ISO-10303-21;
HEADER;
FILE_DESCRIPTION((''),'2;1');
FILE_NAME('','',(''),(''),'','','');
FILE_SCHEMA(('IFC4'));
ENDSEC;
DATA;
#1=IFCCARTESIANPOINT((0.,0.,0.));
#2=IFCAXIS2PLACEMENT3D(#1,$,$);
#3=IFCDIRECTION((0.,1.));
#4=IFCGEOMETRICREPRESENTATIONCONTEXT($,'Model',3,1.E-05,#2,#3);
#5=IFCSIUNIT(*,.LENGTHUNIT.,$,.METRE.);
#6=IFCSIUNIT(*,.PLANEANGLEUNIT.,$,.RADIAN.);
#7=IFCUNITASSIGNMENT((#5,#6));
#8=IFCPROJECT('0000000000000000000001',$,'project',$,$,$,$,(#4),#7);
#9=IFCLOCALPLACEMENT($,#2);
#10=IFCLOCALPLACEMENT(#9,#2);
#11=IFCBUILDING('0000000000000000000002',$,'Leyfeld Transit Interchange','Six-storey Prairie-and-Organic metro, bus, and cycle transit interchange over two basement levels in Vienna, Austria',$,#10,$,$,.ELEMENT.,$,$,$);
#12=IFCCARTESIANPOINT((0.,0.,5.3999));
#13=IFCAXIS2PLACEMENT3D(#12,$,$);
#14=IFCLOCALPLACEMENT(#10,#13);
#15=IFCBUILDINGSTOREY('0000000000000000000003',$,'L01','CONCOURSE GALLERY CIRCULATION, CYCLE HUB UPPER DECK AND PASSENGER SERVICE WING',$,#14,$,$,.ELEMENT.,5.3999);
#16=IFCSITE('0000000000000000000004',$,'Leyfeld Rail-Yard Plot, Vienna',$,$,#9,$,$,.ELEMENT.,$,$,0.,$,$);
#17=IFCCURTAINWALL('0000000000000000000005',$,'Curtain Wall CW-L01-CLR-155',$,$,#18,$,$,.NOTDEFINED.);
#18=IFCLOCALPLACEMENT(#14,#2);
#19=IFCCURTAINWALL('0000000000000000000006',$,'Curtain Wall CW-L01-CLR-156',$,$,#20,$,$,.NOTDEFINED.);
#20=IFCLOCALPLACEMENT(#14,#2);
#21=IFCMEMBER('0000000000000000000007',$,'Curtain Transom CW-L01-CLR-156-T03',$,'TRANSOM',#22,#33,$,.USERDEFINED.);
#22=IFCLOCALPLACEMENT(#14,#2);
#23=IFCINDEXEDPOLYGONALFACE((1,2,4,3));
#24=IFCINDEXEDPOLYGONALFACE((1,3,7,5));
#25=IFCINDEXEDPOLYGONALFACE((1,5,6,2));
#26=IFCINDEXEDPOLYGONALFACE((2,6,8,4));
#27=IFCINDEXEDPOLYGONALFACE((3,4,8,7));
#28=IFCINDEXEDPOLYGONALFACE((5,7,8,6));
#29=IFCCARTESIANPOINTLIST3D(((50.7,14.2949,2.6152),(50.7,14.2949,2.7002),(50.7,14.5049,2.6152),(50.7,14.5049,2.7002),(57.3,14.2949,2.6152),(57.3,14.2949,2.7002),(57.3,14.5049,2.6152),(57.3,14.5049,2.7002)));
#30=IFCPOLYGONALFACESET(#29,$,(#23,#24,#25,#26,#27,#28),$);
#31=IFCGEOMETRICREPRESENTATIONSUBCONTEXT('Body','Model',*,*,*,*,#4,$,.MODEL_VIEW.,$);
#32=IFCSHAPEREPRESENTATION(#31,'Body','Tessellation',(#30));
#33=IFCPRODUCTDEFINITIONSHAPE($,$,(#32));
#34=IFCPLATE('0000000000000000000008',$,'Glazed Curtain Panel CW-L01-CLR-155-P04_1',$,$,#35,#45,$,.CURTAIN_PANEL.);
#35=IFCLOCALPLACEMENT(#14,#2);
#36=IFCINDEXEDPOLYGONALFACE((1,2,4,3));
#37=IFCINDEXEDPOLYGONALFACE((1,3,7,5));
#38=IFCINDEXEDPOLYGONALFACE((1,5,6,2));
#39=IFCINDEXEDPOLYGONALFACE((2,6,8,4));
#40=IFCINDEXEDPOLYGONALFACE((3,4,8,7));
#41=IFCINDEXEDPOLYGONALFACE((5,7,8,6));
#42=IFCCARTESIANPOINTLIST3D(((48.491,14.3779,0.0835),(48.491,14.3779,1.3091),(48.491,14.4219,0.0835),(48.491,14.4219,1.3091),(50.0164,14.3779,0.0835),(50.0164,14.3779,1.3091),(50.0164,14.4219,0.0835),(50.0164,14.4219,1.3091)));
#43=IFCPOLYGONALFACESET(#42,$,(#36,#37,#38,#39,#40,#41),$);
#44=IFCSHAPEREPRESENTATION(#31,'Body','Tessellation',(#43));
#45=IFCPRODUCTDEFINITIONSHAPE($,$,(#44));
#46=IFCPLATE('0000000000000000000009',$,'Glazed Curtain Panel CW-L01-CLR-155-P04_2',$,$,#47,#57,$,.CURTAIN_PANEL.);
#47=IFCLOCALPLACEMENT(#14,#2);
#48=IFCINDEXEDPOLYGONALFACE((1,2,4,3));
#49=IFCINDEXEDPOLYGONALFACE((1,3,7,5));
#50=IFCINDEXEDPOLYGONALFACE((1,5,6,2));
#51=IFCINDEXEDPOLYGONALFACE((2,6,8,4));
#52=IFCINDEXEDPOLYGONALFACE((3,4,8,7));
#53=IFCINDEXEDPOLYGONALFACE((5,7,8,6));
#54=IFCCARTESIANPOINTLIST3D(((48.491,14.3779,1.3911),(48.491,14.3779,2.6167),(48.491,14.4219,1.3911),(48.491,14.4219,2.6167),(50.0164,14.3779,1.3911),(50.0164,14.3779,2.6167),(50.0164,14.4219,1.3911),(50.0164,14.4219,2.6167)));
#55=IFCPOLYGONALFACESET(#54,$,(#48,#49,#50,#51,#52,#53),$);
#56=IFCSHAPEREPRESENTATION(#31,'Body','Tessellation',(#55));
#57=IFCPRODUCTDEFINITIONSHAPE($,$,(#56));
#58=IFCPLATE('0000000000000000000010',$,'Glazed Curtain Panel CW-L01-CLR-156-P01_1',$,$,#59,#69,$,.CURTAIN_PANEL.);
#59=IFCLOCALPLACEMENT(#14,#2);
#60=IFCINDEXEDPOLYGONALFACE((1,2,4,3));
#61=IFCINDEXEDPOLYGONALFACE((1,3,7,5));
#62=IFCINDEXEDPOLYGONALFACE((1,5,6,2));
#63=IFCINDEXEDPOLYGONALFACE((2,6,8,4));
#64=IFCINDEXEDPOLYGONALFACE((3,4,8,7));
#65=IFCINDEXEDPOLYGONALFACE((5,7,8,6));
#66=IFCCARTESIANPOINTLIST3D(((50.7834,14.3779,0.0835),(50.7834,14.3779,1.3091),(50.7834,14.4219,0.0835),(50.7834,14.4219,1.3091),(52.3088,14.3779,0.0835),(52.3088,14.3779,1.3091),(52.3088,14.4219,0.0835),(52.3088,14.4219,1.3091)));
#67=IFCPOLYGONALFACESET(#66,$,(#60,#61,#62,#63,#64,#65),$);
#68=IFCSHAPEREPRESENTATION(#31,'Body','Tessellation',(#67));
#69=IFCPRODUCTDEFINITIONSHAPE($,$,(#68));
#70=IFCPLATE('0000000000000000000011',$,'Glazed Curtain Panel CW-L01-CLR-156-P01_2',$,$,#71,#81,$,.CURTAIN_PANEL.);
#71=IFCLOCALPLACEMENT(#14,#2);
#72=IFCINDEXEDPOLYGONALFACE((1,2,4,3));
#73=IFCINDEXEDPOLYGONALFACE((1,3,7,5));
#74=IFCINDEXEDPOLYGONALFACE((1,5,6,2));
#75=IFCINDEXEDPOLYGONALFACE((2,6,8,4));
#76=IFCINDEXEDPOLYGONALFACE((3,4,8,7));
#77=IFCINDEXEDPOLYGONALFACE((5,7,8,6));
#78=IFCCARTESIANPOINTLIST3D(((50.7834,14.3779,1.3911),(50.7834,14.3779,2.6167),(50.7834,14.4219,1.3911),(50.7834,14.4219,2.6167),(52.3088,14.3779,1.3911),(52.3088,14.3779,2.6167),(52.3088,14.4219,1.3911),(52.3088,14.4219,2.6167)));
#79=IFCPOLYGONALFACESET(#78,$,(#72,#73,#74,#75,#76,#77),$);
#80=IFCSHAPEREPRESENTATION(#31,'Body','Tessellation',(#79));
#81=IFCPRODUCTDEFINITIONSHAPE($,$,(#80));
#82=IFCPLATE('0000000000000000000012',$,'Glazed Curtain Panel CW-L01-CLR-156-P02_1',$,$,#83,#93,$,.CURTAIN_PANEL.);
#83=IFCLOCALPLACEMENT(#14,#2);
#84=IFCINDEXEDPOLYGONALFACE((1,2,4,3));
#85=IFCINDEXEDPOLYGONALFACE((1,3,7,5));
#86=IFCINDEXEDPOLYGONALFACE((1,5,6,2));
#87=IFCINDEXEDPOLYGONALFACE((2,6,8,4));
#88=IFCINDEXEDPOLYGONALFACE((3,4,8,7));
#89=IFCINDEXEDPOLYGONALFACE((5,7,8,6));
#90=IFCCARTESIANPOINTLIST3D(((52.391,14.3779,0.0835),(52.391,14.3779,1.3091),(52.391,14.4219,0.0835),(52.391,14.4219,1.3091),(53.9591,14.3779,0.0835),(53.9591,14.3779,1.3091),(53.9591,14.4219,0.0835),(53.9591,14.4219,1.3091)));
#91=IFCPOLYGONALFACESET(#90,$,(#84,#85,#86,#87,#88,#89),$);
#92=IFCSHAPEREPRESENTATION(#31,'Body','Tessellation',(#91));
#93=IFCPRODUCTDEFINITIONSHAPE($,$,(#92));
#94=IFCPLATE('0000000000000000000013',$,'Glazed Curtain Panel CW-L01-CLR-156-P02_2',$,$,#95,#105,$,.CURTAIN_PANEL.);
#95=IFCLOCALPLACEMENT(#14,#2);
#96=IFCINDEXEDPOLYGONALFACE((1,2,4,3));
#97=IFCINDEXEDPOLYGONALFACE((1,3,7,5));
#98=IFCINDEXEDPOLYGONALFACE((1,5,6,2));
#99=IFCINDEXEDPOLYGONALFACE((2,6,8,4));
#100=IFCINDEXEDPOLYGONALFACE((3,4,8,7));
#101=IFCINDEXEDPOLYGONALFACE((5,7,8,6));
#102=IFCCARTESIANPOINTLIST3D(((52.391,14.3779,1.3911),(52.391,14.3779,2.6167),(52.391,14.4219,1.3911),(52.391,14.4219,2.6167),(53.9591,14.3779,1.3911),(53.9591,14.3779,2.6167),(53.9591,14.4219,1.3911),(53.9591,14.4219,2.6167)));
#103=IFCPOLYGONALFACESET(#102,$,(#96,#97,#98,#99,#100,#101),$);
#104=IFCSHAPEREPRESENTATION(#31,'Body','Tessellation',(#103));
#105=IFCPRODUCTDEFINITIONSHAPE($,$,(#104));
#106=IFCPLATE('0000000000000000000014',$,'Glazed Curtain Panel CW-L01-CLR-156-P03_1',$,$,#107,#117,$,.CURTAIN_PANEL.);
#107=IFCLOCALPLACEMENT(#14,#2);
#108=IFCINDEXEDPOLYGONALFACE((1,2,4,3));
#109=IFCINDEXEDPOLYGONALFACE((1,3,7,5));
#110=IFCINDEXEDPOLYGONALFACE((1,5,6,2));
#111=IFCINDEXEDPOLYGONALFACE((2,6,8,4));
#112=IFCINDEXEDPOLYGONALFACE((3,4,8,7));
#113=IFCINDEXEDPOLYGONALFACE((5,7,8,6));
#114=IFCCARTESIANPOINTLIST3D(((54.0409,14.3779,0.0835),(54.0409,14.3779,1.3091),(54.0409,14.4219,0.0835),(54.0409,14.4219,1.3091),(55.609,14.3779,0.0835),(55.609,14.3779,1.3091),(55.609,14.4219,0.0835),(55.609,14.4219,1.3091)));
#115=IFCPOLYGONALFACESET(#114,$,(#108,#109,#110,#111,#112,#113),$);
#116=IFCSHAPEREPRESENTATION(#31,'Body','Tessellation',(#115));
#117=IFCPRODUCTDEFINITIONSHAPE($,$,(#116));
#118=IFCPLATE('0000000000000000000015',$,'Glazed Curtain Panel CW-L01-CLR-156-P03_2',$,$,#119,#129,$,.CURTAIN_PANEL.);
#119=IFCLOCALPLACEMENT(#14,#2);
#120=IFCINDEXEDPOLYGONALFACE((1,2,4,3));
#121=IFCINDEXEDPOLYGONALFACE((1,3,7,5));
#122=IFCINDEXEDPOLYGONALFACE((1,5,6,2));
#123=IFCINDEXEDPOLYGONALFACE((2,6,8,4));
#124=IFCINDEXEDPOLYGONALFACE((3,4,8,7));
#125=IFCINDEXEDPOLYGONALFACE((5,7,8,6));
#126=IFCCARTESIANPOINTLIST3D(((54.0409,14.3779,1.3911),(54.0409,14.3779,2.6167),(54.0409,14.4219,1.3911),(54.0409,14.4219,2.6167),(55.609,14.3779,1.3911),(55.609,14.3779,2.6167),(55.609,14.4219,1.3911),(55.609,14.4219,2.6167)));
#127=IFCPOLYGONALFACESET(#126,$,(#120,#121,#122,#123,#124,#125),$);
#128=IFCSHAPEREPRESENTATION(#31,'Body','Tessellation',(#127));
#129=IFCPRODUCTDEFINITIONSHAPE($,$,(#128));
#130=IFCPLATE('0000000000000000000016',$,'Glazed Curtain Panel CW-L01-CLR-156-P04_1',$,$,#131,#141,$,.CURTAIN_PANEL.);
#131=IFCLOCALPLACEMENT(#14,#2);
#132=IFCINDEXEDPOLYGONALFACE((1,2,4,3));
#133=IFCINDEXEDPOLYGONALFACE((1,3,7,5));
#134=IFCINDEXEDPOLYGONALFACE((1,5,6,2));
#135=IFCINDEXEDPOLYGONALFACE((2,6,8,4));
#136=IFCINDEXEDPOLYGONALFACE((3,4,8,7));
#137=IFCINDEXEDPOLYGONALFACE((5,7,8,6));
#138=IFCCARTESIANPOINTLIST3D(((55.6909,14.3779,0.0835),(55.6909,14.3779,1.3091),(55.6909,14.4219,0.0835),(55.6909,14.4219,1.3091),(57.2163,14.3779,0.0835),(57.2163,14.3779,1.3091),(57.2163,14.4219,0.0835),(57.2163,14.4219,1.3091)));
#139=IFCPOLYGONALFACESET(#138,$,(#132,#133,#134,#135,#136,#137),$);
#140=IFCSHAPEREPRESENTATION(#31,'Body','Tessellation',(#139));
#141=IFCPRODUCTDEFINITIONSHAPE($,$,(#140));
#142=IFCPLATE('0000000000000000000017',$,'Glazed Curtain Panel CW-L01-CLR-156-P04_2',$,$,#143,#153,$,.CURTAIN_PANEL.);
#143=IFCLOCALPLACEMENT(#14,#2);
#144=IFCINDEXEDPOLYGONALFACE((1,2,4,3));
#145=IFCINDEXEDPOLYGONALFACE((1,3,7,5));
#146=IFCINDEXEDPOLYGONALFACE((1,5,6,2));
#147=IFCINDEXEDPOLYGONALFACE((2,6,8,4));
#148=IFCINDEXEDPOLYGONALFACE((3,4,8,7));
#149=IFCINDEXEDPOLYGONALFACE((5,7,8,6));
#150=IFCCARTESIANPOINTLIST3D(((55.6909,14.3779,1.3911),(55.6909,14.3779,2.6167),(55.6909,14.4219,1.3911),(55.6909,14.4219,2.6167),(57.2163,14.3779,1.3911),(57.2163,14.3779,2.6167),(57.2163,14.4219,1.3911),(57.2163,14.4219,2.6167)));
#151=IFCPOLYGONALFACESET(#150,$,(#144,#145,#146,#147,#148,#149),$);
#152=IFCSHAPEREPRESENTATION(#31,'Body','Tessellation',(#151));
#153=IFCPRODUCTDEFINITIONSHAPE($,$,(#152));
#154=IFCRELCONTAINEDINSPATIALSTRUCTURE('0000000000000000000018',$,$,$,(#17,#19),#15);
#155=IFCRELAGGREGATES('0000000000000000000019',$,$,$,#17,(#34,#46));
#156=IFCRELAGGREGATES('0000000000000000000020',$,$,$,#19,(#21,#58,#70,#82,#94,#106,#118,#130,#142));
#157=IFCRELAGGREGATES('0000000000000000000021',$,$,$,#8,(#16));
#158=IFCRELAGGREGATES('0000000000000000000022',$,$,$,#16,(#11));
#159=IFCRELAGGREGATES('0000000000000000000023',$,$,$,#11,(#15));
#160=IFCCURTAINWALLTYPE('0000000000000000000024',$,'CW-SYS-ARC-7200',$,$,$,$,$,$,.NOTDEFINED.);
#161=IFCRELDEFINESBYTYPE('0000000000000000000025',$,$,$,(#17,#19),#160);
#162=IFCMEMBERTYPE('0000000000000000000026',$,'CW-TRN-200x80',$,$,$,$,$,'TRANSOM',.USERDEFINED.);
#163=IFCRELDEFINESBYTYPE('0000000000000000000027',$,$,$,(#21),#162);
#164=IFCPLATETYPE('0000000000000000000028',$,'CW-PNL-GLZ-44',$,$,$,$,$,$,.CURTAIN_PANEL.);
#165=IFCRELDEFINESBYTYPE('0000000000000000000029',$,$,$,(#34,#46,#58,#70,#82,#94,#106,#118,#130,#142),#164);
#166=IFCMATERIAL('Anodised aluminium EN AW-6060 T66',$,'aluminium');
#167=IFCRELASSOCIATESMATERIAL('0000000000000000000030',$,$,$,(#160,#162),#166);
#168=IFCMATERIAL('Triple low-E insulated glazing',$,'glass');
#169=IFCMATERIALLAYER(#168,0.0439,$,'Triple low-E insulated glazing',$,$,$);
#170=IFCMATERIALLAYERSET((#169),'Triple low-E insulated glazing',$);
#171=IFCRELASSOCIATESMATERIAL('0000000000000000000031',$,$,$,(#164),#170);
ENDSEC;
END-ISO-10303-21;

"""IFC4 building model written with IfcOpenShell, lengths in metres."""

from ifc_helpers import new_model, si_unit, direction, frame, origin, origin_2d, place, context, subcontext, project, spatial, rectangle, extrude, material, layer, layer_set, material_profile, profile_set, type_object, element, aggregate, save


model = new_model("IFC4")

# Units and contexts
model_context = context("Model", 3, precision=1e-05, world=origin(), true_north=direction((0.0, 1.0)))
body_context = subcontext(model_context, "Body", "Model", "MODEL_VIEW")
ifc_project = project(units=[si_unit("LENGTHUNIT", "METRE"), si_unit("PLANEANGLEUNIT", "RADIAN")], contexts=[model_context])

# Site, building, storey
site_placement = place(None, origin())
site = spatial("IfcSite", under=ifc_project, at=site_placement, Name="Leyfeld Rail-Yard Plot, Vienna", CompositionType="ELEMENT", RefElevation=0.0)
building_placement = place(site_placement, origin())
building = spatial("IfcBuilding", under=site, at=building_placement, Name="Leyfeld Transit Interchange", Description="Six-storey Prairie-and-Organic metro, bus, and cycle transit interchange over two basement levels in Vienna, Austria", CompositionType="ELEMENT")
storey_placement = place(building_placement, frame((0.0, 0.0, 5.3999)))
storey = spatial("IfcBuildingStorey", under=building, at=storey_placement, Name="L01", Description="CONCOURSE GALLERY CIRCULATION, CYCLE HUB UPPER DECK AND PASSENGER SERVICE WING", CompositionType="ELEMENT", Elevation=5.3999)

# Curtain walls, member
ifc_material_1 = material(Name="Anodised aluminium EN AW-6060 T66", Category="aluminium")
curtain_wall_type = type_object("IfcCurtainWallType", Name="CW-SYS-ARC-7200", PredefinedType="NOTDEFINED", material=ifc_material_1)
curtain_wall_1_placement = place(storey_placement, origin())
curtain_wall_1 = element("IfcCurtainWall", 1, at=curtain_wall_1_placement, inside=storey, type_object=curtain_wall_type, Name="Curtain Wall CW-L01-CLR-155", PredefinedType="NOTDEFINED")
curtain_wall_2_placement = place(storey_placement, origin())
curtain_wall_2 = element("IfcCurtainWall", 2, at=curtain_wall_2_placement, inside=storey, type_object=curtain_wall_type, Name="Curtain Wall CW-L01-CLR-156", PredefinedType="NOTDEFINED")
ifc_material_profile_1 = material_profile(ifc_material_1, rectangle(XDim=0.21, YDim=0.085, at=origin_2d()), Name="CW-TRN-200x80")
ifc_profile_set_1 = profile_set([ifc_material_profile_1], Name="Anodised aluminium EN AW-6060 T66")
member_type_1 = type_object("IfcMemberType", Name="CW-TRN-200x80", ElementType="TRANSOM", PredefinedType="USERDEFINED", material=ifc_profile_set_1)
member_1_placement = place(storey_placement, frame((50.7, 14.3999, 2.6577), z_axis=(1.0, 0.0, 0.0), x_axis=(0.0, 1.0, 0.0)))
member_1 = element("IfcMember", 3, at=member_1_placement, type_object=member_type_1, Name="Curtain Transom CW-L01-CLR-156-T03", ObjectType="TRANSOM", PredefinedType="USERDEFINED", context=body_context, shape_type="SweptSolid", body=[
    extrude(rectangle(XDim=0.21, YDim=0.085, at=origin_2d()), origin(), (0.0, 0.0, 1.0), 6.6001),
])

# Plates
ifc_material_2 = material(Name="Triple low-E insulated glazing", Category="glass")
ifc_layer = layer(ifc_material_2, 0.0439, Name="Triple low-E insulated glazing")
ifc_layer_set = layer_set([ifc_layer], Name="Triple low-E insulated glazing")
plate_type = type_object("IfcPlateType", Name="CW-PNL-GLZ-44", PredefinedType="CURTAIN_PANEL", material=ifc_layer_set)
plate_1_placement = place(storey_placement, frame((49.2537, 14.3999, 0.0835), z_axis=(0.0, 0.0, 1.0), x_axis=(1.0, 0.0, 0.0)))
plate_1 = element("IfcPlate", 4, at=plate_1_placement, type_object=plate_type, Name="Glazed Curtain Panel CW-L01-CLR-155-P04_1", PredefinedType="CURTAIN_PANEL", context=body_context, shape_type="SweptSolid", body=[
    extrude(rectangle(XDim=1.5254, YDim=0.0439, at=origin_2d()), origin(), (0.0, 0.0, 1.0), 1.2256),
])
plate_2_placement = place(storey_placement, frame((49.2537, 14.3999, 1.3911), z_axis=(0.0, 0.0, 1.0), x_axis=(1.0, 0.0, 0.0)))
plate_2 = element("IfcPlate", 5, at=plate_2_placement, type_object=plate_type, Name="Glazed Curtain Panel CW-L01-CLR-155-P04_2", PredefinedType="CURTAIN_PANEL", context=body_context, shape_type="SweptSolid", body=[
    extrude(rectangle(XDim=1.5254, YDim=0.0439, at=origin_2d()), origin(), (0.0, 0.0, 1.0), 1.2256),
])
aggregate(curtain_wall_1, [plate_1, plate_2])
plate_3_placement = place(storey_placement, frame((51.5461, 14.3999, 0.0835), z_axis=(0.0, 0.0, 1.0), x_axis=(1.0, 0.0, 0.0)))
plate_3 = element("IfcPlate", 6, at=plate_3_placement, type_object=plate_type, Name="Glazed Curtain Panel CW-L01-CLR-156-P01_1", PredefinedType="CURTAIN_PANEL", context=body_context, shape_type="SweptSolid", body=[
    extrude(rectangle(XDim=1.5254, YDim=0.0439, at=origin_2d()), origin(), (0.0, 0.0, 1.0), 1.2256),
])
plate_4_placement = place(storey_placement, frame((51.5461, 14.3999, 1.3911), z_axis=(0.0, 0.0, 1.0), x_axis=(1.0, 0.0, 0.0)))
plate_4 = element("IfcPlate", 7, at=plate_4_placement, type_object=plate_type, Name="Glazed Curtain Panel CW-L01-CLR-156-P01_2", PredefinedType="CURTAIN_PANEL", context=body_context, shape_type="SweptSolid", body=[
    extrude(rectangle(XDim=1.5254, YDim=0.0439, at=origin_2d()), origin(), (0.0, 0.0, 1.0), 1.2256),
])
plate_5_placement = place(storey_placement, frame((53.175, 14.3999, 0.0835), z_axis=(0.0, 0.0, 1.0), x_axis=(1.0, 0.0, 0.0)))
plate_5 = element("IfcPlate", 8, at=plate_5_placement, type_object=plate_type, Name="Glazed Curtain Panel CW-L01-CLR-156-P02_1", PredefinedType="CURTAIN_PANEL", context=body_context, shape_type="SweptSolid", body=[
    extrude(rectangle(XDim=1.5681, YDim=0.0439, at=origin_2d()), origin(), (0.0, 0.0, 1.0), 1.2256),
])
plate_6_placement = place(storey_placement, frame((53.175, 14.3999, 1.3911), z_axis=(0.0, 0.0, 1.0), x_axis=(1.0, 0.0, 0.0)))
plate_6 = element("IfcPlate", 9, at=plate_6_placement, type_object=plate_type, Name="Glazed Curtain Panel CW-L01-CLR-156-P02_2", PredefinedType="CURTAIN_PANEL", context=body_context, shape_type="SweptSolid", body=[
    extrude(rectangle(XDim=1.5681, YDim=0.0439, at=origin_2d()), origin(), (0.0, 0.0, 1.0), 1.2256),
])
plate_7_placement = place(storey_placement, frame((54.825, 14.3999, 0.0835), z_axis=(0.0, 0.0, 1.0), x_axis=(1.0, 0.0, 0.0)))
plate_7 = element("IfcPlate", 10, at=plate_7_placement, type_object=plate_type, Name="Glazed Curtain Panel CW-L01-CLR-156-P03_1", PredefinedType="CURTAIN_PANEL", context=body_context, shape_type="SweptSolid", body=[
    extrude(rectangle(XDim=1.5681, YDim=0.0439, at=origin_2d()), origin(), (0.0, 0.0, 1.0), 1.2256),
])
plate_8_placement = place(storey_placement, frame((54.825, 14.3999, 1.3911), z_axis=(0.0, 0.0, 1.0), x_axis=(1.0, 0.0, 0.0)))
plate_8 = element("IfcPlate", 11, at=plate_8_placement, type_object=plate_type, Name="Glazed Curtain Panel CW-L01-CLR-156-P03_2", PredefinedType="CURTAIN_PANEL", context=body_context, shape_type="SweptSolid", body=[
    extrude(rectangle(XDim=1.5681, YDim=0.0439, at=origin_2d()), origin(), (0.0, 0.0, 1.0), 1.2256),
])
plate_9_placement = place(storey_placement, frame((56.4536, 14.3999, 0.0835), z_axis=(0.0, 0.0, 1.0), x_axis=(1.0, 0.0, 0.0)))
plate_9 = element("IfcPlate", 12, at=plate_9_placement, type_object=plate_type, Name="Glazed Curtain Panel CW-L01-CLR-156-P04_1", PredefinedType="CURTAIN_PANEL", context=body_context, shape_type="SweptSolid", body=[
    extrude(rectangle(XDim=1.5254, YDim=0.0439, at=origin_2d()), origin(), (0.0, 0.0, 1.0), 1.2256),
])
plate_10_placement = place(storey_placement, frame((56.4536, 14.3999, 1.3911), z_axis=(0.0, 0.0, 1.0), x_axis=(1.0, 0.0, 0.0)))
plate_10 = element("IfcPlate", 13, at=plate_10_placement, type_object=plate_type, Name="Glazed Curtain Panel CW-L01-CLR-156-P04_2", PredefinedType="CURTAIN_PANEL", context=body_context, shape_type="SweptSolid", body=[
    extrude(rectangle(XDim=1.5254, YDim=0.0439, at=origin_2d()), origin(), (0.0, 0.0, 1.0), 1.2256),
])
aggregate(curtain_wall_2, [member_1, plate_3, plate_4, plate_5, plate_6, plate_7, plate_8, plate_9, plate_10])

save(model, "model.ifc")
